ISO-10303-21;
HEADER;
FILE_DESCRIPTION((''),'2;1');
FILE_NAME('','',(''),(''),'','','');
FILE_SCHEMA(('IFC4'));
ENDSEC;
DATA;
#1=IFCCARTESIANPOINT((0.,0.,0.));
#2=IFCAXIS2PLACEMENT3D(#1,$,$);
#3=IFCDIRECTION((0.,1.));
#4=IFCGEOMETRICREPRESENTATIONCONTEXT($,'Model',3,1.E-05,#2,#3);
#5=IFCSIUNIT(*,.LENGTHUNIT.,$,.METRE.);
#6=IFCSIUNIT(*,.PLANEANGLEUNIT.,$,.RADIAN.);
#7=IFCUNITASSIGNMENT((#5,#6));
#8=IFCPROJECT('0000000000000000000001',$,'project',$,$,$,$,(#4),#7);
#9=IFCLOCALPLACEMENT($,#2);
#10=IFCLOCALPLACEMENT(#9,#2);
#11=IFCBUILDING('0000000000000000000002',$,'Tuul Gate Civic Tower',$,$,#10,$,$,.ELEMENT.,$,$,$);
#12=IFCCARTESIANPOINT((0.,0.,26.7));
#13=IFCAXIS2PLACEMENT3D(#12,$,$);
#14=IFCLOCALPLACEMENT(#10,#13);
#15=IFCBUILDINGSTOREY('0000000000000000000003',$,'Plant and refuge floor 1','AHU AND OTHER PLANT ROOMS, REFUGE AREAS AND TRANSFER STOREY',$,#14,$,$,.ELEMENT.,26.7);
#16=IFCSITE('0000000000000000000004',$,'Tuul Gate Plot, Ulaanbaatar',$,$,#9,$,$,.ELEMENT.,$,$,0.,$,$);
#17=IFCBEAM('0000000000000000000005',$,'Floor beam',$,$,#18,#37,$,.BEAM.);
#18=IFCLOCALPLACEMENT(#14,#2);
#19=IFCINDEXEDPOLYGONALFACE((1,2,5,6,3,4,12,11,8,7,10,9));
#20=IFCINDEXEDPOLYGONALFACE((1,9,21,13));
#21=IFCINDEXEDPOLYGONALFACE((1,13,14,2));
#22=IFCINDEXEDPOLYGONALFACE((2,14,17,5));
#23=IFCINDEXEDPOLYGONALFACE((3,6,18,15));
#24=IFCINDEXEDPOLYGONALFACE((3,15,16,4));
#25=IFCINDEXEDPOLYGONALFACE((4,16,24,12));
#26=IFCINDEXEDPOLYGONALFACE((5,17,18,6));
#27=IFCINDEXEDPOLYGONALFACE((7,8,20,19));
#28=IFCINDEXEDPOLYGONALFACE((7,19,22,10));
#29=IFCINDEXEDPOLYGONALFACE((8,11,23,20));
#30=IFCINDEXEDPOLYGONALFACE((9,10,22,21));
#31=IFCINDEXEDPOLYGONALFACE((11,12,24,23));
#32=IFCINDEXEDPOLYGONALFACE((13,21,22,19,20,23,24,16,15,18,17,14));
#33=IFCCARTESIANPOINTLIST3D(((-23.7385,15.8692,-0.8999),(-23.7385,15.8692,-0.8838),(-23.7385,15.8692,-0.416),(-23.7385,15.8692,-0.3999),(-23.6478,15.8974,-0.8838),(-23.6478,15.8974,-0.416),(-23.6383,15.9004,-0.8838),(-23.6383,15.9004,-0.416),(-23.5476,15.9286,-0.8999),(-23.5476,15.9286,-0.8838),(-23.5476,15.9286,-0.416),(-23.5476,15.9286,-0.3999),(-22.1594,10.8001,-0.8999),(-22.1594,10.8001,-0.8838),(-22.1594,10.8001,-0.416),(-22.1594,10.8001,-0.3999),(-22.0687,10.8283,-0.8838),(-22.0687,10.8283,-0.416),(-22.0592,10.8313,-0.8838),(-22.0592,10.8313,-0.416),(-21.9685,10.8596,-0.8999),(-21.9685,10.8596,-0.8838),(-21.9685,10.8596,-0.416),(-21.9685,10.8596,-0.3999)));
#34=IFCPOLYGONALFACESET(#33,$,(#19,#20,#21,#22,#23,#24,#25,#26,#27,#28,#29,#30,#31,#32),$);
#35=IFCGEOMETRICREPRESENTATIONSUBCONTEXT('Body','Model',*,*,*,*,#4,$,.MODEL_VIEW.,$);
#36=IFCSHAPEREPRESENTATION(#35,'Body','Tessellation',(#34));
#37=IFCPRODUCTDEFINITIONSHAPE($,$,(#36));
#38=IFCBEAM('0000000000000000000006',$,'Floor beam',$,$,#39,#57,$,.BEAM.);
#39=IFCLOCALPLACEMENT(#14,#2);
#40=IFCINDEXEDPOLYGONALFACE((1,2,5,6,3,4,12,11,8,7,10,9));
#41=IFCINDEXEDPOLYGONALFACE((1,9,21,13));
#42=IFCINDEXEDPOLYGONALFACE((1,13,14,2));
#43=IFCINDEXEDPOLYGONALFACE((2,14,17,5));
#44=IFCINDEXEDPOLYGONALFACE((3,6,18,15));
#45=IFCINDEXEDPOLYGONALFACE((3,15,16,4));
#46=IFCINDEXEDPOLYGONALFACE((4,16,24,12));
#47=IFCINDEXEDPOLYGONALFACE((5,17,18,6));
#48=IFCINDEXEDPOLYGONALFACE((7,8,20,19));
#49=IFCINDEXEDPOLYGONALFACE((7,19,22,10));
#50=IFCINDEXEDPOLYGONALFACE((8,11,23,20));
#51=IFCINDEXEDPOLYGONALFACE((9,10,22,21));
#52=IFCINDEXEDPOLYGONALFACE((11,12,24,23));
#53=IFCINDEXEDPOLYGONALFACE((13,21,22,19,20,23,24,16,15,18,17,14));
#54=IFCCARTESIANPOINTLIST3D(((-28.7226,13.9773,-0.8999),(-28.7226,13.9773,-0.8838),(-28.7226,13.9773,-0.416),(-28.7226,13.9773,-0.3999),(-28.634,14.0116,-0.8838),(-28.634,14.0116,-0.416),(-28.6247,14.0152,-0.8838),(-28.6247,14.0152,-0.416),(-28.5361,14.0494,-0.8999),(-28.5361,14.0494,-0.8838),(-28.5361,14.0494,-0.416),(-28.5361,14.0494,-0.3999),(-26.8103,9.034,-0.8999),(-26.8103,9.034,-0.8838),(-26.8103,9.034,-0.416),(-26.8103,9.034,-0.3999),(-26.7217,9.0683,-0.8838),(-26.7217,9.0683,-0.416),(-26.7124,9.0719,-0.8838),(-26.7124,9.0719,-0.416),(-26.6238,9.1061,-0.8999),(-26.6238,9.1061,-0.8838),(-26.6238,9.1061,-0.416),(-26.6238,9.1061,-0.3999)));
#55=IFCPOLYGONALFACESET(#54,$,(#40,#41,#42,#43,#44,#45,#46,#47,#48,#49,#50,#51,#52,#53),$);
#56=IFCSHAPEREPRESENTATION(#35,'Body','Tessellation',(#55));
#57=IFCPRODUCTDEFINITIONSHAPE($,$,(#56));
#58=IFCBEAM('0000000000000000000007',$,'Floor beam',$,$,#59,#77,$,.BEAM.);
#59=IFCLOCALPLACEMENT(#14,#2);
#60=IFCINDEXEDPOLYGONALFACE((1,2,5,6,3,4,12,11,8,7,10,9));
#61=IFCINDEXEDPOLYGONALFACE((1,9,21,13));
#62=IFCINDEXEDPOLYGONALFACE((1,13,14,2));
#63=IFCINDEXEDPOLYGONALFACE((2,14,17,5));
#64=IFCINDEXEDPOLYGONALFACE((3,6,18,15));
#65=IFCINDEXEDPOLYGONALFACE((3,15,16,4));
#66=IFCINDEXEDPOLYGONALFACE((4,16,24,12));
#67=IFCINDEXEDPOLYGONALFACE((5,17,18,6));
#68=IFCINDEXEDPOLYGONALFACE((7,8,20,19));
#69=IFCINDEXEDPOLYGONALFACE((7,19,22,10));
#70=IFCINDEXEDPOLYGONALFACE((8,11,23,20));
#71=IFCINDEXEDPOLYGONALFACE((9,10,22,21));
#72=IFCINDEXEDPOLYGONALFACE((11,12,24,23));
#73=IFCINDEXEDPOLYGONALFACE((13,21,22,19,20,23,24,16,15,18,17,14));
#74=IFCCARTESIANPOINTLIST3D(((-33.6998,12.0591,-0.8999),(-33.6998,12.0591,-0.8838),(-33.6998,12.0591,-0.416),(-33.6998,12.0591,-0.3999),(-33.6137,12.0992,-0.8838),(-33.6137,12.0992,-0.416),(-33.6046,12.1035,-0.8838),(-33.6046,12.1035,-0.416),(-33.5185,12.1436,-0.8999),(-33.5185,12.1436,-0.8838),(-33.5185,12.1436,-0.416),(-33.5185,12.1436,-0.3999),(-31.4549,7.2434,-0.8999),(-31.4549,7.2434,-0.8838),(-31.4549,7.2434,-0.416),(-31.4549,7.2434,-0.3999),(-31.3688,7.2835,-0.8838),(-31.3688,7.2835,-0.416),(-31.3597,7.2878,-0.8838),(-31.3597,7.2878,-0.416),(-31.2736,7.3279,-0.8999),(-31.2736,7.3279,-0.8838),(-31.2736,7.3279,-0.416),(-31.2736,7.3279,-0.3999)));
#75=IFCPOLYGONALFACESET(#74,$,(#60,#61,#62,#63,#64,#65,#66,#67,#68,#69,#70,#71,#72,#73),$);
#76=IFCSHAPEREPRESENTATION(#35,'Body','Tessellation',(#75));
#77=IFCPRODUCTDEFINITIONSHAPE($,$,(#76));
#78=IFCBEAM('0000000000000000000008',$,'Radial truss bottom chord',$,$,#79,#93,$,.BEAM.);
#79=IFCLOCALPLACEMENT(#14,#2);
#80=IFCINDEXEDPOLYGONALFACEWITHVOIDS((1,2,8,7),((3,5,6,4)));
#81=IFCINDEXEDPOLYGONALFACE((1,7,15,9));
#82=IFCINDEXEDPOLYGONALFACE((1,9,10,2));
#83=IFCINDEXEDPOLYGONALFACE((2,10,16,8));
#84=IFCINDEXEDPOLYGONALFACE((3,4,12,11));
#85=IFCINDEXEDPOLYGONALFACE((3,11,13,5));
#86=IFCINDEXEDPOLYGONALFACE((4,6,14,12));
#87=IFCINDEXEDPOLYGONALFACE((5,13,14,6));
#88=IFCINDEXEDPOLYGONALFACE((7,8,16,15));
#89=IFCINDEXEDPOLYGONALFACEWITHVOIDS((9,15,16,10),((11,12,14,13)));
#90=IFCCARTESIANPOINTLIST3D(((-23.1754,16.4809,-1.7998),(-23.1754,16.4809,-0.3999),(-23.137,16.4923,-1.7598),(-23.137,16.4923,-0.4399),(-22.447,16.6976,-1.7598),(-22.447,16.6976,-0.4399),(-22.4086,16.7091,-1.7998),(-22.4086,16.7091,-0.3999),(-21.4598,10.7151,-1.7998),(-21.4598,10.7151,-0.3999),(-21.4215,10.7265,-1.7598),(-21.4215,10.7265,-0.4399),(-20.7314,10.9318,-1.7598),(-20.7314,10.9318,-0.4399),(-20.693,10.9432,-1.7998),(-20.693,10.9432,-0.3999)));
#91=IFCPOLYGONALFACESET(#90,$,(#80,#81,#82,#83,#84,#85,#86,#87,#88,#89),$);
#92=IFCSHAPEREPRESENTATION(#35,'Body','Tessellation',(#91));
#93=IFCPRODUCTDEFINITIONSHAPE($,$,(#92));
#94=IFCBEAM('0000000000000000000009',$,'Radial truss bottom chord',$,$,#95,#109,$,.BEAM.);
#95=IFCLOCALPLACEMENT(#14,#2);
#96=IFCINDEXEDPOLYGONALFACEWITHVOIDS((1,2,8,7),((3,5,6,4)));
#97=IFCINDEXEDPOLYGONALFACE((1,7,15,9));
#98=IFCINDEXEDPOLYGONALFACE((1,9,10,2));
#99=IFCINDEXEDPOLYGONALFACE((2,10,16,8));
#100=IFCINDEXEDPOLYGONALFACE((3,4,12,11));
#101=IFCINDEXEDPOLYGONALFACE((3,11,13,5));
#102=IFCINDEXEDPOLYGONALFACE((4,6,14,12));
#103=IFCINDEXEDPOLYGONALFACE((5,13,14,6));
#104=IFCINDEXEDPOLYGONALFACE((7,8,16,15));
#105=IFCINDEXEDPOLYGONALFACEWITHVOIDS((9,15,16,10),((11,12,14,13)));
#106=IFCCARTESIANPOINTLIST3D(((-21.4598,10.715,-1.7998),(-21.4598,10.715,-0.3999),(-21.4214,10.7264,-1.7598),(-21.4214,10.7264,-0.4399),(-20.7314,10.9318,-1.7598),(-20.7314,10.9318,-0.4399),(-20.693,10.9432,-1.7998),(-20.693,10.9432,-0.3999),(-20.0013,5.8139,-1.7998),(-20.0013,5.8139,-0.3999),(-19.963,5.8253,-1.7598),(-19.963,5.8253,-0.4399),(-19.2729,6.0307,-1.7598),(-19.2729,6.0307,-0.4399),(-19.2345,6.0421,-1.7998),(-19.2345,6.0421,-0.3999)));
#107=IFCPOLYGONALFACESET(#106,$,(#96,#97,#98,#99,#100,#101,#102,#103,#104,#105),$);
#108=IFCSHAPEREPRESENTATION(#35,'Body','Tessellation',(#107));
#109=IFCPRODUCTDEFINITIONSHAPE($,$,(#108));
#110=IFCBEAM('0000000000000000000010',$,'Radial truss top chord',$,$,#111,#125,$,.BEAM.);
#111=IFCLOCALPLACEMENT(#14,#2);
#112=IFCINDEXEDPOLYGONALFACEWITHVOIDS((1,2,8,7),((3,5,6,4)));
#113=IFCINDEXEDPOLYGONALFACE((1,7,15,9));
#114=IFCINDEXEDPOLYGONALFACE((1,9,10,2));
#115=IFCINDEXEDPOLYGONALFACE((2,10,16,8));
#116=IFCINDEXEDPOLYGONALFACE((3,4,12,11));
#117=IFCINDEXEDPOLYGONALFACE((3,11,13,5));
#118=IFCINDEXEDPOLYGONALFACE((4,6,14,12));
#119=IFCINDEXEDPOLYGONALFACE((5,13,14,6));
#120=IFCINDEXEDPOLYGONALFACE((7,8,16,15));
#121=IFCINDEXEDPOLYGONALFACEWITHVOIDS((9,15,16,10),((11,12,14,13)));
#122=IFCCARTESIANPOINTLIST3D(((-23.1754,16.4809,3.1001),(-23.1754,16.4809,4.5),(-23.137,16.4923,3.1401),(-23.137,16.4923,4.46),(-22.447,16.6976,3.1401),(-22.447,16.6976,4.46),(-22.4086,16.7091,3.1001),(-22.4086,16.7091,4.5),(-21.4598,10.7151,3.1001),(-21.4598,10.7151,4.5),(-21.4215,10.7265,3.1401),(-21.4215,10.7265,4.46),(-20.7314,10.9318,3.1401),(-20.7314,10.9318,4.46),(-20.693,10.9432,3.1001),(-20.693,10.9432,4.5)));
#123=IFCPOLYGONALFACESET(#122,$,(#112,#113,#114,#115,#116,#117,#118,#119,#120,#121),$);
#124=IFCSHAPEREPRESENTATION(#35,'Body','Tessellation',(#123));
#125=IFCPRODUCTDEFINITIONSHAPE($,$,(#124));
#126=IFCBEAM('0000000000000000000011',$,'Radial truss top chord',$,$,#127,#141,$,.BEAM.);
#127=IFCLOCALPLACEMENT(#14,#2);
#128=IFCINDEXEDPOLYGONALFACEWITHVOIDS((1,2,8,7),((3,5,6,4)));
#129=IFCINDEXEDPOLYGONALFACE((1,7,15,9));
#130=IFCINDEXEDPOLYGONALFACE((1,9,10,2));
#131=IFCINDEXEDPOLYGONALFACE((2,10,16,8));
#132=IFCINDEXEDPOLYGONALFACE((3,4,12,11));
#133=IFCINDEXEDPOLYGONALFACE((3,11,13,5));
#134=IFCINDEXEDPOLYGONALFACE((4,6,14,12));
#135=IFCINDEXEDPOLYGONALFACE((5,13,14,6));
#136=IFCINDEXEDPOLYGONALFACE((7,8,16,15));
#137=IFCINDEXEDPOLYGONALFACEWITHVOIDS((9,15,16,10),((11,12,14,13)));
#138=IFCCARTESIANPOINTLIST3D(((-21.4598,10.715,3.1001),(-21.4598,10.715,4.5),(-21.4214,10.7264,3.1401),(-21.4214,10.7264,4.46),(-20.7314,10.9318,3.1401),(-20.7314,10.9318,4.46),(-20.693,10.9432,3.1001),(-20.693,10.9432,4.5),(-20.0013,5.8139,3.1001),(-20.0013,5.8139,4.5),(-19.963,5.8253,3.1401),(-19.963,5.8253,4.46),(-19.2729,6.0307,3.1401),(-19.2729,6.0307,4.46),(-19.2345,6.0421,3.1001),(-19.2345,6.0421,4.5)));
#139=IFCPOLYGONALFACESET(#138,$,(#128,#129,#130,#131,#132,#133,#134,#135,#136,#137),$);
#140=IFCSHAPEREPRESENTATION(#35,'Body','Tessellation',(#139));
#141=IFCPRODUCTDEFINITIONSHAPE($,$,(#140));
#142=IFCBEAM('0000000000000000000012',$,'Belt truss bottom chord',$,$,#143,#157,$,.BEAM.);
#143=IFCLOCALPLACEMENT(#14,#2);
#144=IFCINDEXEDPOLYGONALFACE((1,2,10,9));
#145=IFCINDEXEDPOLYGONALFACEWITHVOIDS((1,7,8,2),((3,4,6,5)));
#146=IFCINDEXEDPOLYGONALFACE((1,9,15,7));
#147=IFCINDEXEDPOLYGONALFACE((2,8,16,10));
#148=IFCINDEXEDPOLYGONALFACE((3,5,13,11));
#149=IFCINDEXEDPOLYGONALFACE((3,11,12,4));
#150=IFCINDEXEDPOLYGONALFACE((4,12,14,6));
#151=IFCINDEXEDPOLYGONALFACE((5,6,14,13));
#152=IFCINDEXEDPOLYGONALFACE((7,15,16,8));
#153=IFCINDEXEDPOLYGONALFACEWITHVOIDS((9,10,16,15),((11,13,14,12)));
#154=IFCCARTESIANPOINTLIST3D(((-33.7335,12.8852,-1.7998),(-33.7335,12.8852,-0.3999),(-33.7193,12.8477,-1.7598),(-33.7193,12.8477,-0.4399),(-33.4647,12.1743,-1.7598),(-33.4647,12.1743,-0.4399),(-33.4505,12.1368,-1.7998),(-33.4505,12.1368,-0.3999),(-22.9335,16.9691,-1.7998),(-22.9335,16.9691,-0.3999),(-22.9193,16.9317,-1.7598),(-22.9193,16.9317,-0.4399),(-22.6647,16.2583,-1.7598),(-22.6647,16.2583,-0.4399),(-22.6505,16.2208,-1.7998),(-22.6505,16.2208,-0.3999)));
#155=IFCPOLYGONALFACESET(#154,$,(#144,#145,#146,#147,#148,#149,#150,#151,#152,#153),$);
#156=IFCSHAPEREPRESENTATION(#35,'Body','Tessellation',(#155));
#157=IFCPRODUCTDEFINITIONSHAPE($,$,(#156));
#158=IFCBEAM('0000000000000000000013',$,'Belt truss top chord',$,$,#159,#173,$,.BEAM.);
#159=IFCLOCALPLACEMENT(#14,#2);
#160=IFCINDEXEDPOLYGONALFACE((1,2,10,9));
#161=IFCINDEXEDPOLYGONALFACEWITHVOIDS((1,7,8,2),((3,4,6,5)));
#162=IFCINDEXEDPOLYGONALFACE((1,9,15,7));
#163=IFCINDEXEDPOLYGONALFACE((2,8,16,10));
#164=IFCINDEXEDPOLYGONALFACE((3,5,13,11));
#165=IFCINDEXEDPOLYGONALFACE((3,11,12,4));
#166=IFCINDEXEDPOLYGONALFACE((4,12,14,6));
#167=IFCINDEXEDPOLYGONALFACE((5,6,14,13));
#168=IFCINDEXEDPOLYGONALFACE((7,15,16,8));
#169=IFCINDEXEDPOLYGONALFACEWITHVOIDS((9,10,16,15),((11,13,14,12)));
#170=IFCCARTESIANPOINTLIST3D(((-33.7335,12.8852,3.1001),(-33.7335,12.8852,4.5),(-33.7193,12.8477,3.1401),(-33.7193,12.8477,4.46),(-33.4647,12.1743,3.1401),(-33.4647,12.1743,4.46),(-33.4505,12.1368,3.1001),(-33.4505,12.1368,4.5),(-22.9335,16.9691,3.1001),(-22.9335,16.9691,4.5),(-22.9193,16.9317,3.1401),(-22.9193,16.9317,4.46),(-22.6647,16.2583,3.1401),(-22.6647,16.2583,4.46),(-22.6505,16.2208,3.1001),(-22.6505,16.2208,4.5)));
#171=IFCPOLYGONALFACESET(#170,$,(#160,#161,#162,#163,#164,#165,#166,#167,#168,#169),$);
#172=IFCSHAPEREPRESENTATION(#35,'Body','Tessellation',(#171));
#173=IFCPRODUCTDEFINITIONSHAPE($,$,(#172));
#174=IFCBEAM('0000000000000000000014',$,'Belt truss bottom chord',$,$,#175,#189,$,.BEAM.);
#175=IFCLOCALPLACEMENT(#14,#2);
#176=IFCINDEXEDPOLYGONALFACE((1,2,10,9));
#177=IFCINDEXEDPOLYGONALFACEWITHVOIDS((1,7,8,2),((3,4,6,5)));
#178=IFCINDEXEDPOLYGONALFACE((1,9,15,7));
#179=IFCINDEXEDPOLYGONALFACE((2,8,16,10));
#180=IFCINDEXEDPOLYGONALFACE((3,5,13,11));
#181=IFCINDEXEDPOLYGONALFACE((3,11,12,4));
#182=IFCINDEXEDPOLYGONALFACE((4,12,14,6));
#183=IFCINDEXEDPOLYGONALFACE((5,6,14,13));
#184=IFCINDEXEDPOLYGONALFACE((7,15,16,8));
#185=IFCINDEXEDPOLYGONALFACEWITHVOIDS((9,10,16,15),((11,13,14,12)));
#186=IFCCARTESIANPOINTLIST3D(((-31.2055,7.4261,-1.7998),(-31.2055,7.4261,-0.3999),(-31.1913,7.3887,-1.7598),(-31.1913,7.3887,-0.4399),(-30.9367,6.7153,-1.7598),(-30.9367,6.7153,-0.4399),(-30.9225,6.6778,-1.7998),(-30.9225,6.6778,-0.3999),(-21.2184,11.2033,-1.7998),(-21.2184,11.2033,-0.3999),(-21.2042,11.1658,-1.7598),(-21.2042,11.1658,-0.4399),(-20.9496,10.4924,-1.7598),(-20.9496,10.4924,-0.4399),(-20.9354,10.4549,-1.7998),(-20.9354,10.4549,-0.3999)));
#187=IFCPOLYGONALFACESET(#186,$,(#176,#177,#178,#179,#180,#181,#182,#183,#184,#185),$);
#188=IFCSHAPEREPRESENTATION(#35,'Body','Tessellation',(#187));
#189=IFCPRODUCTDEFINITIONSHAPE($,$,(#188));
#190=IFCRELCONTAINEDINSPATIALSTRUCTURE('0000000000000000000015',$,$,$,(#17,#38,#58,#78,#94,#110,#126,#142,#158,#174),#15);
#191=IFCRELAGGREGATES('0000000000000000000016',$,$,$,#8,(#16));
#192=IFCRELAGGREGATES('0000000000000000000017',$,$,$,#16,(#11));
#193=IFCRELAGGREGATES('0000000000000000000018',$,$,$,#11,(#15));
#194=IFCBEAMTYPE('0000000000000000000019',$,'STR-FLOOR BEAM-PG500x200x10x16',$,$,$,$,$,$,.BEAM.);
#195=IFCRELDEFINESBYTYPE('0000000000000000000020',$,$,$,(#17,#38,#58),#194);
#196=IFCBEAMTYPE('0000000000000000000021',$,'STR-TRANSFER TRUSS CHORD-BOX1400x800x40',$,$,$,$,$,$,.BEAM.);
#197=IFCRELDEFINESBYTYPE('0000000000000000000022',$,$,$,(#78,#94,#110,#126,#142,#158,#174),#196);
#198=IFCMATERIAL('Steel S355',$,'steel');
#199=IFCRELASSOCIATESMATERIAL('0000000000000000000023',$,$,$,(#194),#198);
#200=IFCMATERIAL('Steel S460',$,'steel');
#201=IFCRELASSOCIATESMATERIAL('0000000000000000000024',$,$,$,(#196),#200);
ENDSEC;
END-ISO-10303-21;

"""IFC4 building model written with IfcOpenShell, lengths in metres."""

from ifc_helpers import new_model, si_unit, direction, frame, origin, origin_2d, place, context, subcontext, project, spatial, hollow_rectangle, i_section, extrude, material, material_profile, profile_set, type_object, element, save


model = new_model("IFC4")

# Units and contexts
model_context = context("Model", 3, precision=1e-05, world=origin(), true_north=direction((0.0, 1.0)))
body_context = subcontext(model_context, "Body", "Model", "MODEL_VIEW")
ifc_project = project(units=[si_unit("LENGTHUNIT", "METRE"), si_unit("PLANEANGLEUNIT", "RADIAN")], contexts=[model_context])

# Site, building, storey
site_placement = place(None, origin())
site = spatial("IfcSite", under=ifc_project, at=site_placement, Name="Tuul Gate Plot, Ulaanbaatar", CompositionType="ELEMENT", RefElevation=0.0)
building_placement = place(site_placement, origin())
building = spatial("IfcBuilding", under=site, at=building_placement, Name="Tuul Gate Civic Tower", CompositionType="ELEMENT")
storey_placement = place(building_placement, frame((0.0, 0.0, 26.7)))
storey = spatial("IfcBuildingStorey", under=building, at=storey_placement, Name="Plant and refuge floor 1", Description="AHU AND OTHER PLANT ROOMS, REFUGE AREAS AND TRANSFER STOREY", CompositionType="ELEMENT", Elevation=26.7)

# Beams
ifc_material_1 = material(Name="Steel S355", Category="steel")
ifc_material_profile_1 = material_profile(ifc_material_1, i_section(OverallWidth=0.2, OverallDepth=0.5, WebThickness=0.01, FlangeThickness=0.0161, at=origin_2d()), Name="PG500x200x10x16")
ifc_profile_set_1 = profile_set([ifc_material_profile_1], Name="Steel S355")
beam_type_1 = type_object("IfcBeamType", Name="STR-FLOOR BEAM-PG500x200x10x16", PredefinedType="BEAM", material=ifc_profile_set_1)
beam_1_placement = place(storey_placement, frame((-22.064, 10.8298, -0.6499), z_axis=(-0.297419, 0.954747, 0.0), x_axis=(-0.954747, -0.297419, 0.0)))
element("IfcBeam", 1, at=beam_1_placement, inside=storey, type_object=beam_type_1, Name="Floor beam", PredefinedType="BEAM", context=body_context, shape_type="SweptSolid", body=[
    extrude(i_section(OverallWidth=0.2, OverallDepth=0.5, WebThickness=0.01, FlangeThickness=0.0161, at=origin_2d()), origin(), (0.0, 0.0, 1.0), 5.3093),
])
beam_2_placement = place(storey_placement, frame((-26.717, 9.0701, -0.6499), z_axis=(-0.360796, 0.932645, 0.0), x_axis=(-0.932645, -0.360796, 0.0)))
element("IfcBeam", 2, at=beam_2_placement, inside=storey, type_object=beam_type_1, Name="Floor beam", PredefinedType="BEAM", context=body_context, shape_type="SweptSolid", body=[
    extrude(i_section(OverallWidth=0.2, OverallDepth=0.5, WebThickness=0.01, FlangeThickness=0.0161, at=origin_2d()), origin(), (0.0, 0.0, 1.0), 5.3003),
])
beam_3_placement = place(storey_placement, frame((-31.3643, 7.2856, -0.6499), z_axis=(-0.422508, 0.906359, 0.0), x_axis=(-0.906359, -0.422508, 0.0)))
element("IfcBeam", 3, at=beam_3_placement, inside=storey, type_object=beam_type_1, Name="Floor beam", PredefinedType="BEAM", context=body_context, shape_type="SweptSolid", body=[
    extrude(i_section(OverallWidth=0.2, OverallDepth=0.5, WebThickness=0.01, FlangeThickness=0.0161, at=origin_2d()), origin(), (0.0, 0.0, 1.0), 5.3132),
])
ifc_material_2 = material(Name="Steel S460", Category="steel")
ifc_material_profile_2 = material_profile(ifc_material_2, hollow_rectangle(XDim=0.8, YDim=1.3999, WallThickness=0.04, at=origin_2d()), Name="BOX1400x800x40")
ifc_profile_set_2 = profile_set([ifc_material_profile_2], Name="Steel S460")
beam_type_2 = type_object("IfcBeamType", Name="STR-TRANSFER TRUSS CHORD-BOX1400x800x40", PredefinedType="BEAM", material=ifc_profile_set_2)
beam_4_placement = place(storey_placement, frame((-22.792, 16.595, -1.0999), z_axis=(0.285184, -0.958473, 0.0), x_axis=(0.958473, 0.285184, 0.0)))
element("IfcBeam", 4, at=beam_4_placement, inside=storey, type_object=beam_type_2, Name="Radial truss bottom chord", PredefinedType="BEAM", context=body_context, shape_type="SweptSolid", body=[
    extrude(hollow_rectangle(XDim=0.8, YDim=1.3999, WallThickness=0.04, at=origin_2d()), origin(), (0.0, 0.0, 1.0), 6.0156),
])
beam_5_placement = place(storey_placement, frame((-21.0764, 10.8291, -1.0999), z_axis=(0.285223, -0.958461, 0.0), x_axis=(0.958461, 0.285223, 0.0)))
element("IfcBeam", 5, at=beam_5_placement, inside=storey, type_object=beam_type_2, Name="Radial truss bottom chord", PredefinedType="BEAM", context=body_context, shape_type="SweptSolid", body=[
    extrude(hollow_rectangle(XDim=0.8, YDim=1.3999, WallThickness=0.04, at=origin_2d()), origin(), (0.0, 0.0, 1.0), 5.1135),
])
beam_6_placement = place(storey_placement, frame((-22.792, 16.595, 3.8), z_axis=(0.285184, -0.958473, 0.0), x_axis=(0.958473, 0.285184, 0.0)))
element("IfcBeam", 6, at=beam_6_placement, inside=storey, type_object=beam_type_2, Name="Radial truss top chord", PredefinedType="BEAM", context=body_context, shape_type="SweptSolid", body=[
    extrude(hollow_rectangle(XDim=0.8, YDim=1.3999, WallThickness=0.04, at=origin_2d()), origin(), (0.0, 0.0, 1.0), 6.0156),
])
beam_7_placement = place(storey_placement, frame((-21.0764, 10.8291, 3.8), z_axis=(0.285223, -0.958461, 0.0), x_axis=(0.958461, 0.285223, 0.0)))
element("IfcBeam", 7, at=beam_7_placement, inside=storey, type_object=beam_type_2, Name="Radial truss top chord", PredefinedType="BEAM", context=body_context, shape_type="SweptSolid", body=[
    extrude(hollow_rectangle(XDim=0.8, YDim=1.3999, WallThickness=0.04, at=origin_2d()), origin(), (0.0, 0.0, 1.0), 5.1135),
])
for number, where, z_axis, x_axis, name in (
    (8, (-22.792, 16.595, -1.0999), (-0.935358, -0.353701, 0.0), (0.353701, -0.935358, 0.0), "Belt truss bottom chord"),
    (9, (-22.792, 16.595, 3.8), (-0.935358, -0.353701, 0.0), (0.353701, -0.935358, 0.0), "Belt truss top chord"),
):
    element("IfcBeam", number, at=place(storey_placement, frame(where, z_axis=z_axis, x_axis=x_axis)), inside=storey, type_object=beam_type_2, Name=name, PredefinedType="BEAM", context=body_context, shape_type="SweptSolid", body=[
        extrude(hollow_rectangle(XDim=0.8, YDim=1.3999, WallThickness=0.04, at=origin_2d()), origin(), (0.0, 0.0, 1.0), 11.5464),
    ])
for number, where, z_axis, x_axis, name in (
    (10, (-21.0769, 10.8291, -1.0999), (-0.935342, -0.353746, 0.0), (0.353746, -0.935342, 0.0), "Belt truss bottom chord"),
):
    element("IfcBeam", number, at=place(storey_placement, frame(where, z_axis=z_axis, x_axis=x_axis)), inside=storey, type_object=beam_type_2, Name=name, PredefinedType="BEAM", context=body_context, shape_type="SweptSolid", body=[
        extrude(hollow_rectangle(XDim=0.8, YDim=1.3999, WallThickness=0.04, at=origin_2d()), origin(), (0.0, 0.0, 1.0), 10.6775),
    ])

save(model, "model.ifc")
